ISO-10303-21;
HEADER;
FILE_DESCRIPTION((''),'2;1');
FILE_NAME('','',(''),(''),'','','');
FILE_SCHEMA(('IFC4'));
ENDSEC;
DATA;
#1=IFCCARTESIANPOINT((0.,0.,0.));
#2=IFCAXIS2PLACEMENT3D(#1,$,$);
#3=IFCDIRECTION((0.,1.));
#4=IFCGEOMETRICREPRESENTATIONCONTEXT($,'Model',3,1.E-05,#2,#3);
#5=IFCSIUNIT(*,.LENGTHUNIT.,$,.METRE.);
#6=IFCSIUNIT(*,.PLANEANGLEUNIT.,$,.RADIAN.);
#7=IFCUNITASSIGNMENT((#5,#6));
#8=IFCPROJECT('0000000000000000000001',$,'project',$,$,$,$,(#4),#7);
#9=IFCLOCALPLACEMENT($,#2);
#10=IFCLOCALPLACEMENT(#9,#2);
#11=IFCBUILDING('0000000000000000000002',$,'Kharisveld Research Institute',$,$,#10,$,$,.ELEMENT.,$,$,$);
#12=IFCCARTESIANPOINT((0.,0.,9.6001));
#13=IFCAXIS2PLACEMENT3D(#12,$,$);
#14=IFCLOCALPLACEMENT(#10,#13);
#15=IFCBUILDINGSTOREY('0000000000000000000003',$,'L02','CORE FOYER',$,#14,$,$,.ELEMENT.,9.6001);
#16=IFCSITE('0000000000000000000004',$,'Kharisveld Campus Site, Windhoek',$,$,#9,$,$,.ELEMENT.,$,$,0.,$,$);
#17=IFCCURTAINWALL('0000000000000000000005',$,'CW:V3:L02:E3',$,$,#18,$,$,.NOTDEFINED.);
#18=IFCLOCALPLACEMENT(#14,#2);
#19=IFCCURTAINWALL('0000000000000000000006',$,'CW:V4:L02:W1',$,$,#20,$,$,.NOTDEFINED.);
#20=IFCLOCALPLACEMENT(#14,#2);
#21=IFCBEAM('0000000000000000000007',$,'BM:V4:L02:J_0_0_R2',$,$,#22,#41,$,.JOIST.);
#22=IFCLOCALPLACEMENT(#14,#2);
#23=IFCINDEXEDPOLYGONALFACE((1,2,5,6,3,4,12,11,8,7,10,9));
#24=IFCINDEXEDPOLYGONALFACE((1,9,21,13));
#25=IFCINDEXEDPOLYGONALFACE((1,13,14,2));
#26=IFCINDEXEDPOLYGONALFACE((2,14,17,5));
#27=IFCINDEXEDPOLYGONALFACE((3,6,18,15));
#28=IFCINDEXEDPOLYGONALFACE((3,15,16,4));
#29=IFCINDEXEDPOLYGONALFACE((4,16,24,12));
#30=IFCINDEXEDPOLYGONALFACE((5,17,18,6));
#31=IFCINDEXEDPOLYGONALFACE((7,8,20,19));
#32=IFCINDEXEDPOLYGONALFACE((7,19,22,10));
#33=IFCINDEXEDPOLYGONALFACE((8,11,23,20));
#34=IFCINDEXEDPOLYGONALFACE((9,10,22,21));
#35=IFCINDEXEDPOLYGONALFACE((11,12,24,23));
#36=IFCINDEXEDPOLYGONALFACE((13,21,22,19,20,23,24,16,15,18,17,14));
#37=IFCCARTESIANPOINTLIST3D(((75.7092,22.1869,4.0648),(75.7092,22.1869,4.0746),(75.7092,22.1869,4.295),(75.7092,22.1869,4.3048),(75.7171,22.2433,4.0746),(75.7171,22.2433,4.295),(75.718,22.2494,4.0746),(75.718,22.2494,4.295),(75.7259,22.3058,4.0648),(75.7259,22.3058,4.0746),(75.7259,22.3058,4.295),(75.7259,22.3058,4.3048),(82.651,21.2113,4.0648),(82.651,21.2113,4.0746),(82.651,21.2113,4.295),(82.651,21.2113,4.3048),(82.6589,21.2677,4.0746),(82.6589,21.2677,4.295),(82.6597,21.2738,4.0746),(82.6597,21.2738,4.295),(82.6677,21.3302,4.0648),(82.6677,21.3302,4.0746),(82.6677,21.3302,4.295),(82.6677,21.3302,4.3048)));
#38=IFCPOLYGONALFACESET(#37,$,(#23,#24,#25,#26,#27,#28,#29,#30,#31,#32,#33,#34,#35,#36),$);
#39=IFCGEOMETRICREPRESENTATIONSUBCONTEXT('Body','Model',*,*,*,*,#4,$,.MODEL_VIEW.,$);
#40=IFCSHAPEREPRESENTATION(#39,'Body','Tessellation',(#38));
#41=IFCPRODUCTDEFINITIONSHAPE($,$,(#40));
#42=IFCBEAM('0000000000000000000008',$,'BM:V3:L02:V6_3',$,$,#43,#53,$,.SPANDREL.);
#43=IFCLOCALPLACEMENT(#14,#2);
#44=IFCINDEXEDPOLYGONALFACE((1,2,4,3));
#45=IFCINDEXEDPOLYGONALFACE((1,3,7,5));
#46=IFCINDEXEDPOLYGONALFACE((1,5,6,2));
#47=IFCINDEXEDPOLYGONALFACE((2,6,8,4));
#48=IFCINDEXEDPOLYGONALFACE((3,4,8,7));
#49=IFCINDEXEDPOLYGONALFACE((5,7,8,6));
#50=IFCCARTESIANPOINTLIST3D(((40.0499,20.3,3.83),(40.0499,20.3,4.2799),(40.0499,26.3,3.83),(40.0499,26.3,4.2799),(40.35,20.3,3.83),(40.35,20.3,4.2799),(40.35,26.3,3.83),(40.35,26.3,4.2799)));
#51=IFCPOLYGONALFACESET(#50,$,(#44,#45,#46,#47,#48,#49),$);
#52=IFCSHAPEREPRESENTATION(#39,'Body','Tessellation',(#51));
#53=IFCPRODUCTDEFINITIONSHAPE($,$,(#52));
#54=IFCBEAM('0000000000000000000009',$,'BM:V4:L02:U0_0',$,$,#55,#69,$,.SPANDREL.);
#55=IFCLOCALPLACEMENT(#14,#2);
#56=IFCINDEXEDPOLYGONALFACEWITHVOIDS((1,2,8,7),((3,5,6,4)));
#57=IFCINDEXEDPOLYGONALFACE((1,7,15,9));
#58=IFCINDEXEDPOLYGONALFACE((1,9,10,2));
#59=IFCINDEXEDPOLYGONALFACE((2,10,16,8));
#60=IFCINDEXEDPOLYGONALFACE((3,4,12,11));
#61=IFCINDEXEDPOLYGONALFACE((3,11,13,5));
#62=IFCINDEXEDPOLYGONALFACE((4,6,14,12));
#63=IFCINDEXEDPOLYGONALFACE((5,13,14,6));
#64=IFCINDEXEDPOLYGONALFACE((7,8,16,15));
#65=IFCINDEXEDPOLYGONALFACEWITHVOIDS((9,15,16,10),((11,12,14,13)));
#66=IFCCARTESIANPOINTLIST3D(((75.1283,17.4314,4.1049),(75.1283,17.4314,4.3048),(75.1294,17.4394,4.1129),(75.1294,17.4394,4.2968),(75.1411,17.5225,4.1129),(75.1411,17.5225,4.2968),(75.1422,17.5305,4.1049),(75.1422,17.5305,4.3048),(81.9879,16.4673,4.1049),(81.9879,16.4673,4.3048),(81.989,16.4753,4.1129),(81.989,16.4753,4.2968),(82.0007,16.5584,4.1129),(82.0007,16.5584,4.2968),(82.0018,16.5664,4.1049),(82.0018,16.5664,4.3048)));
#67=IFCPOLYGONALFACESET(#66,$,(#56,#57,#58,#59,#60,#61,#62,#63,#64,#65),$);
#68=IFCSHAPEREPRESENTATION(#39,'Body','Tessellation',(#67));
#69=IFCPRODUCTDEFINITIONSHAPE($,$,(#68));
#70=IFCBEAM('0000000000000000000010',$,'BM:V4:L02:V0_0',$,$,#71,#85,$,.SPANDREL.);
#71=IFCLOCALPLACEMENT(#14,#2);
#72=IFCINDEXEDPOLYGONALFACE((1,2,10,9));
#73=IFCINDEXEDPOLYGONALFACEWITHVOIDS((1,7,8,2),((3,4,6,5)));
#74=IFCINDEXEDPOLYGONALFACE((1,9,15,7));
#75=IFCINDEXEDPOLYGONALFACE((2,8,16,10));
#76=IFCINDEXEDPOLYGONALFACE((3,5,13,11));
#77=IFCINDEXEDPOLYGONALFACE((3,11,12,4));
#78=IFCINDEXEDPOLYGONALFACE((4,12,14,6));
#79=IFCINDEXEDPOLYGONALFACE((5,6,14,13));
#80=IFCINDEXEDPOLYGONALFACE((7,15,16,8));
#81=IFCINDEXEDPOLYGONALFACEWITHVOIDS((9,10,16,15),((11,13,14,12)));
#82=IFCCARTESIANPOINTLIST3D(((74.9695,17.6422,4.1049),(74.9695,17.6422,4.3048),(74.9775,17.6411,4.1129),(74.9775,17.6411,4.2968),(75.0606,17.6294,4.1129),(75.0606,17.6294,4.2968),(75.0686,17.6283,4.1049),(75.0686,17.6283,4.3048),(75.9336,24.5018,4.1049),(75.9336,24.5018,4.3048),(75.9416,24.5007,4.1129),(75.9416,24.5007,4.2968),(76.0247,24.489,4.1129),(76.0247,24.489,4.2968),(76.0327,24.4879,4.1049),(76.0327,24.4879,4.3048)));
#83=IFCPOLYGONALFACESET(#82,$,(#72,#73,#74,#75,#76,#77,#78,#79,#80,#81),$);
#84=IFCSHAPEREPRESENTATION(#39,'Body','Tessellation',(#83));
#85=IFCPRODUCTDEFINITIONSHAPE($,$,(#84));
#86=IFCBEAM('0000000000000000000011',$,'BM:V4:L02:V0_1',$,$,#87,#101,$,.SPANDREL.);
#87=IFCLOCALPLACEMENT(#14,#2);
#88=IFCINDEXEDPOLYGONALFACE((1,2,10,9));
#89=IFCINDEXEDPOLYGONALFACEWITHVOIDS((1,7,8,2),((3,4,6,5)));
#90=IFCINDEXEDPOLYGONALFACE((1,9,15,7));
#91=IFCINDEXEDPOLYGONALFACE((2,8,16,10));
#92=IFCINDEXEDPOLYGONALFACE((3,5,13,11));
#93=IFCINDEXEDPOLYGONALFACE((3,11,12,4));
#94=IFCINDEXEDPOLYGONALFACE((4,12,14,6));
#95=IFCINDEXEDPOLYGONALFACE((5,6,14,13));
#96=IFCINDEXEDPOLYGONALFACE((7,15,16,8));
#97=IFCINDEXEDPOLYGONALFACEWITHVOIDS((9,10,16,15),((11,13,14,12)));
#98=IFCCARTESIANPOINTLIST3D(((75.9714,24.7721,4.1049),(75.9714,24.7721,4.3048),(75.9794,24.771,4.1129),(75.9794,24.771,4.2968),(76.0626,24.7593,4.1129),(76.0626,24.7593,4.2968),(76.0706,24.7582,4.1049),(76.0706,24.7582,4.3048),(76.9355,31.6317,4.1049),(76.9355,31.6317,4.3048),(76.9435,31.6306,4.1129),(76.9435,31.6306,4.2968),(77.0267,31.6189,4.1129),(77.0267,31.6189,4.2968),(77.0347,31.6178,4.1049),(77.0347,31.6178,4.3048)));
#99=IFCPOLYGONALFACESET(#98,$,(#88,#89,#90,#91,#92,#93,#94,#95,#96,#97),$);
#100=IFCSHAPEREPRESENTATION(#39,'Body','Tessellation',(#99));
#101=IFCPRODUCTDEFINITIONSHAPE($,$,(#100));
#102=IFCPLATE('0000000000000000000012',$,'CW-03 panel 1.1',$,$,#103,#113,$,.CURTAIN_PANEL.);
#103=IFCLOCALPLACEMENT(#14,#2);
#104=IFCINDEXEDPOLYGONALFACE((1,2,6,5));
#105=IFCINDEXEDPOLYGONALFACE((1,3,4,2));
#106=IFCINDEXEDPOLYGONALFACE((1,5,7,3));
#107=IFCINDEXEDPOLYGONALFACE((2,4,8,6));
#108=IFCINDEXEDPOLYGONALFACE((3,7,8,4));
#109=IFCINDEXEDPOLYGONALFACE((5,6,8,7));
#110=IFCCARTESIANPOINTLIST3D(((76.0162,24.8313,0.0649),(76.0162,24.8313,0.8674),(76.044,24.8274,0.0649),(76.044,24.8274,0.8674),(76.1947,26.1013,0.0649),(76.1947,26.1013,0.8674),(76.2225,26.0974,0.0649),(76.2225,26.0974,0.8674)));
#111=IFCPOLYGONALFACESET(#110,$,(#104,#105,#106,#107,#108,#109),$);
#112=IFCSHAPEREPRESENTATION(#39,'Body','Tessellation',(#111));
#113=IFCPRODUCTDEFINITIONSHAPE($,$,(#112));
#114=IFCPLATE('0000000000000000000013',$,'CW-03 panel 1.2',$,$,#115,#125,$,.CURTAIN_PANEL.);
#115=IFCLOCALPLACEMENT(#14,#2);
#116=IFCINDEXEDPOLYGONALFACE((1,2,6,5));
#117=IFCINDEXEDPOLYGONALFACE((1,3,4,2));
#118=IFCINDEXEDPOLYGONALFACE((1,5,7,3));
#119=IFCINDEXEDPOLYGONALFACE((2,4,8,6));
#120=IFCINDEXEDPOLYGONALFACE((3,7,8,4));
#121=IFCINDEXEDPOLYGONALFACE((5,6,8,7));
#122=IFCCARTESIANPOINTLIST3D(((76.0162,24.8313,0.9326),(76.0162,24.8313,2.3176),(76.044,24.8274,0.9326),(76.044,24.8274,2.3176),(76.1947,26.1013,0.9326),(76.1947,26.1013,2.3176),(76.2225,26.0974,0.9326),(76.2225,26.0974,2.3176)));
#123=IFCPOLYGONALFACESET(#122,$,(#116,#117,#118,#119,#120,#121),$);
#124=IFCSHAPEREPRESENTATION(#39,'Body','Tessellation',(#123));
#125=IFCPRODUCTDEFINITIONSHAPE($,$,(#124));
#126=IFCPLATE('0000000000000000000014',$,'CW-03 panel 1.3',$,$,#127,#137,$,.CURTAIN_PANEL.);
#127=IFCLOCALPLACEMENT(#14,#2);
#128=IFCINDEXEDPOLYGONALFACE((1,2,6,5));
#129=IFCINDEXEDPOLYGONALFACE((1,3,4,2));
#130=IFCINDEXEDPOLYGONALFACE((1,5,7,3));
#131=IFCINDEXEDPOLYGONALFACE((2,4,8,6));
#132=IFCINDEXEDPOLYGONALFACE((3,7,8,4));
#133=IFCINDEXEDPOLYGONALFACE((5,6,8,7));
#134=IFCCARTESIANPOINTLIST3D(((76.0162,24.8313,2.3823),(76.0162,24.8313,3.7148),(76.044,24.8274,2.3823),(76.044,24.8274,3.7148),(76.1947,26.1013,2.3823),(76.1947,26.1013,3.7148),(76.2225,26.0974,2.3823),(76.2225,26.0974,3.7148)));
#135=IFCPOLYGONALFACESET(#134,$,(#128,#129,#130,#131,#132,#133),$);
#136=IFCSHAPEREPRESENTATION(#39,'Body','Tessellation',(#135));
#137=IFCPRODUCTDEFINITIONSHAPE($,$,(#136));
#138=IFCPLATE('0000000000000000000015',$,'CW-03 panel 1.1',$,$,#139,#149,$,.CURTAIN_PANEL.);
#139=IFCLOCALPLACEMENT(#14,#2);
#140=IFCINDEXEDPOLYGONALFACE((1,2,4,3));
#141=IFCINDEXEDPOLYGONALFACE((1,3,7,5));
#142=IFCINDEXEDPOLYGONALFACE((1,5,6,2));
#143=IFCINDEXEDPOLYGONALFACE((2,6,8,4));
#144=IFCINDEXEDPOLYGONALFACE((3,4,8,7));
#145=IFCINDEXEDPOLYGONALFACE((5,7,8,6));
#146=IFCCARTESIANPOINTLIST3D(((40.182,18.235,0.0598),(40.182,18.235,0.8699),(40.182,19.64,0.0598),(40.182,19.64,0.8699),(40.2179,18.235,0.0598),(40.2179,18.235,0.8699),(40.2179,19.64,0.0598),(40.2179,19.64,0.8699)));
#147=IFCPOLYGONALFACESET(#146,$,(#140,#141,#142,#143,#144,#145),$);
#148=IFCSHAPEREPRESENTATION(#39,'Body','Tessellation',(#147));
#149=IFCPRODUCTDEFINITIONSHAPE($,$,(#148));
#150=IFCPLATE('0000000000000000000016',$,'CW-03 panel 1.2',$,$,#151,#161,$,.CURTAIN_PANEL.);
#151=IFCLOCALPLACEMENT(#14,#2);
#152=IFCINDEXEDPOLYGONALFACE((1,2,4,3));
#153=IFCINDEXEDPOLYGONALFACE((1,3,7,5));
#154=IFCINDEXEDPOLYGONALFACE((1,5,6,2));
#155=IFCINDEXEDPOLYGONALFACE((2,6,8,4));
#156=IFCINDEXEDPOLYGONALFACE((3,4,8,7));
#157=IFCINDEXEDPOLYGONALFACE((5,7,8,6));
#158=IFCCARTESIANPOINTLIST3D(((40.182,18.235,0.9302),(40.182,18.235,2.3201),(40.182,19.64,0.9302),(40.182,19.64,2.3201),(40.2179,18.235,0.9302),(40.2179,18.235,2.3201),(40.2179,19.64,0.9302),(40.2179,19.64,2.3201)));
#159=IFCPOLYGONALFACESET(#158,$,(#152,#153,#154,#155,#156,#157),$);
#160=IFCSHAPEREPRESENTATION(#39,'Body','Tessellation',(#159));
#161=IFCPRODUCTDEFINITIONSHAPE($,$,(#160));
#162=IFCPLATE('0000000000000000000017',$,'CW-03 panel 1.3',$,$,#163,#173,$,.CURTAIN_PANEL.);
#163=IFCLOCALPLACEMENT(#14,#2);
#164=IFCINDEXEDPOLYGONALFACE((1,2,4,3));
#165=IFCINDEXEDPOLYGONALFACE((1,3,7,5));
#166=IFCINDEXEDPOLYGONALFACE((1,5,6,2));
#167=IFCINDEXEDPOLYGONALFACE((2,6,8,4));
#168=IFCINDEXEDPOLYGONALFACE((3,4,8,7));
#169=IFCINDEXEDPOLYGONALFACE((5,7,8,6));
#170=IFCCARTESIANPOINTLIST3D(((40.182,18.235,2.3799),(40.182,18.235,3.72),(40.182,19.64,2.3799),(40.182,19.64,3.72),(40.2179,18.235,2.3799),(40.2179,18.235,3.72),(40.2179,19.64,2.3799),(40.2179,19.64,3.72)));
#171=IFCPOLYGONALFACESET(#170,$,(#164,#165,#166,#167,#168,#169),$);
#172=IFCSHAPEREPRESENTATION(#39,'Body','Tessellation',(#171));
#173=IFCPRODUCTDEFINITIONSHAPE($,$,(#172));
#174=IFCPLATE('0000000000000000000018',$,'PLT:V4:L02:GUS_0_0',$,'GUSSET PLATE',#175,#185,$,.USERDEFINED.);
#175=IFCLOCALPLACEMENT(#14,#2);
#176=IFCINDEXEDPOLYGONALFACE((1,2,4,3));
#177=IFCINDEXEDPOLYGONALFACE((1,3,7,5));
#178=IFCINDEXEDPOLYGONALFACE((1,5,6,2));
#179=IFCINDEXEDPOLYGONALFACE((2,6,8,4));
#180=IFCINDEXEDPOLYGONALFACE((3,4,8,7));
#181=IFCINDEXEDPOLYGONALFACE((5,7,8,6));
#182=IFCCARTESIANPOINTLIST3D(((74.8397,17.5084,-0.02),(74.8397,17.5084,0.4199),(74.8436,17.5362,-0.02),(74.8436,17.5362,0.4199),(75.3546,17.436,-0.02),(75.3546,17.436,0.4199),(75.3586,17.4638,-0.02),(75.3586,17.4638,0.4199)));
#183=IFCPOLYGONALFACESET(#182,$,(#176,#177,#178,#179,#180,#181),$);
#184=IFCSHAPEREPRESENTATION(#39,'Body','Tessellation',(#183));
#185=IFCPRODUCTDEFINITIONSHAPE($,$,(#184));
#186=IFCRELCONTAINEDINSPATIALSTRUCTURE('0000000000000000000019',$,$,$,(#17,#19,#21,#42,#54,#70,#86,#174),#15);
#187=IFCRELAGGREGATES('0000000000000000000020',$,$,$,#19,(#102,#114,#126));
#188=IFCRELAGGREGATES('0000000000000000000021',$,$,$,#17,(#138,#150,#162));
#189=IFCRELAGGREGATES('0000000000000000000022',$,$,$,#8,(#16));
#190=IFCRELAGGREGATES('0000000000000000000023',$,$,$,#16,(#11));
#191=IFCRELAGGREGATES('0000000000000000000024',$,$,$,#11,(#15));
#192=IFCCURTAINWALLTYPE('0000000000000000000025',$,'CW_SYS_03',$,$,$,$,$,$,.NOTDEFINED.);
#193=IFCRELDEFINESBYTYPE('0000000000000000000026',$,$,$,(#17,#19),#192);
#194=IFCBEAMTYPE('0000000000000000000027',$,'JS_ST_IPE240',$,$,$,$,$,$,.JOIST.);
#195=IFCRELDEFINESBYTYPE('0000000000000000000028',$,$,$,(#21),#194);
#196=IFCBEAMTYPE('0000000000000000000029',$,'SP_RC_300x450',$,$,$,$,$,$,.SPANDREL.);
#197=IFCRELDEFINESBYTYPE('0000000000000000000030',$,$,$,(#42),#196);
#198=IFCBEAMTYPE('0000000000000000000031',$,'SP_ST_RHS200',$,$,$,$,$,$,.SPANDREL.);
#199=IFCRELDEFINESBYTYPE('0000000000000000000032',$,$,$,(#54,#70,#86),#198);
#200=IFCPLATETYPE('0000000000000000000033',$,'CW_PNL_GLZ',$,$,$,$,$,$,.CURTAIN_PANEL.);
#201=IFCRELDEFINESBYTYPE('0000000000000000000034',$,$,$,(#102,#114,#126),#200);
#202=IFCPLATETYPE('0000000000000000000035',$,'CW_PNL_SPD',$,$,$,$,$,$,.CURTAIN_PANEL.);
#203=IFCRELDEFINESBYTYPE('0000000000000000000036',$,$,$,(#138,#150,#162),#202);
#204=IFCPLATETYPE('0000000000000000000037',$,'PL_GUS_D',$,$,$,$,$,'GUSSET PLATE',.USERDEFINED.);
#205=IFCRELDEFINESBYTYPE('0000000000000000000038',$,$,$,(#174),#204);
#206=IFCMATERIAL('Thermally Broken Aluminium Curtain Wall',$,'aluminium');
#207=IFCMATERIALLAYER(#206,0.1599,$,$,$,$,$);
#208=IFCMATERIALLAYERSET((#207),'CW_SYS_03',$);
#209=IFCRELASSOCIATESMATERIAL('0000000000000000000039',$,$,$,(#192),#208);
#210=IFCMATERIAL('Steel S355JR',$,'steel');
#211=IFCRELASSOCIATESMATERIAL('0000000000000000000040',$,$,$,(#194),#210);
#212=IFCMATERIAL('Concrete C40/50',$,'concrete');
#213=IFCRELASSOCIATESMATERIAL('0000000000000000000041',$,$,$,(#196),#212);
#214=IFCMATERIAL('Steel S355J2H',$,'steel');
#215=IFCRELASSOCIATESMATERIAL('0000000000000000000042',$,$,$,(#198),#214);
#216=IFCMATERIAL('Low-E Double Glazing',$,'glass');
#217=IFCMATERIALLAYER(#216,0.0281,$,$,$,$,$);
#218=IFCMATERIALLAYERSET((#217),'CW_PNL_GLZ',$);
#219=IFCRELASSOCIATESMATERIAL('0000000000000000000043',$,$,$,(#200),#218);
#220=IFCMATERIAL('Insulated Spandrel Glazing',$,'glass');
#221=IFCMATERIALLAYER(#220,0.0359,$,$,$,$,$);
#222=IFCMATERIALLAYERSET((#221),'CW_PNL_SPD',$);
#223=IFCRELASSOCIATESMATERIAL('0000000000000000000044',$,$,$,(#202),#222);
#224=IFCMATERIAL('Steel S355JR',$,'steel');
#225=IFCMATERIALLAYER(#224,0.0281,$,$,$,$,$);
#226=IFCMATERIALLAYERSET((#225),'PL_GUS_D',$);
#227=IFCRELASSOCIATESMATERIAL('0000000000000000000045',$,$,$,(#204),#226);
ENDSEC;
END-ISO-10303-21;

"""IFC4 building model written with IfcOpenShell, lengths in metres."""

from ifc_helpers import new_model, si_unit, direction, frame, origin, origin_2d, place, context, subcontext, project, spatial, rectangle, hollow_rectangle, i_section, extrude, material, layer, layer_set, material_profile, profile_set, type_object, element, aggregate, save


model = new_model("IFC4")

# Units and contexts
model_context = context("Model", 3, precision=1e-05, world=origin(), true_north=direction((0.0, 1.0)))
body_context = subcontext(model_context, "Body", "Model", "MODEL_VIEW")
ifc_project = project(units=[si_unit("LENGTHUNIT", "METRE"), si_unit("PLANEANGLEUNIT", "RADIAN")], contexts=[model_context])

# Site, building, storey
site_placement = place(None, origin())
site = spatial("IfcSite", under=ifc_project, at=site_placement, Name="Kharisveld Campus Site, Windhoek", CompositionType="ELEMENT", RefElevation=0.0)
building_placement = place(site_placement, origin())
building = spatial("IfcBuilding", under=site, at=building_placement, Name="Kharisveld Research Institute", CompositionType="ELEMENT")
storey_placement = place(building_placement, frame((0.0, 0.0, 9.6001)))
storey = spatial("IfcBuildingStorey", under=building, at=storey_placement, Name="L02", Description="CORE FOYER", CompositionType="ELEMENT", Elevation=9.6001)

# Curtain walls
ifc_material_1 = material(Name="Thermally Broken Aluminium Curtain Wall", Category="aluminium")
ifc_layer_1 = layer(ifc_material_1, 0.1599)
ifc_layer_set_1 = layer_set([ifc_layer_1], Name="CW_SYS_03")
curtain_wall_type = type_object("IfcCurtainWallType", Name="CW_SYS_03", PredefinedType="NOTDEFINED", material=ifc_layer_set_1)
curtain_wall_1_placement = place(storey_placement, origin())
curtain_wall_1 = element("IfcCurtainWall", 1, at=curtain_wall_1_placement, inside=storey, type_object=curtain_wall_type, Name="CW:V3:L02:E3", PredefinedType="NOTDEFINED")
curtain_wall_2_placement = place(storey_placement, origin())
curtain_wall_2 = element("IfcCurtainWall", 2, at=curtain_wall_2_placement, inside=storey, type_object=curtain_wall_type, Name="CW:V4:L02:W1", PredefinedType="NOTDEFINED")

# Beams
ifc_material_2 = material(Name="Steel S355JR", Category="steel")
ifc_material_profile_1 = material_profile(ifc_material_2, i_section(OverallWidth=0.1201, OverallDepth=0.24, WebThickness=0.0061, FlangeThickness=0.0098, at=origin_2d()))
ifc_profile_set_1 = profile_set([ifc_material_profile_1], Name="Steel S355JR")
beam_type_1 = type_object("IfcBeamType", Name="JS_ST_IPE240", PredefinedType="JOIST", material=ifc_profile_set_1)
beam_1_placement = place(storey_placement, frame((75.7175, 22.2463, 4.1848), z_axis=(0.990269, -0.139168, 0.0), x_axis=(0.139168, 0.990269, 0.0)))
element("IfcBeam", 3, at=beam_1_placement, inside=storey, type_object=beam_type_1, Name="BM:V4:L02:J_0_0_R2", PredefinedType="JOIST", context=body_context, shape_type="SweptSolid", body=[
    extrude(i_section(OverallWidth=0.1201, OverallDepth=0.24, WebThickness=0.0061, FlangeThickness=0.0098, at=origin_2d()), origin(), (0.0, 0.0, 1.0), 7.01),
])
ifc_material_3 = material(Name="Concrete C40/50", Category="concrete")
ifc_material_profile_2 = material_profile(ifc_material_3, rectangle(XDim=0.3, YDim=0.45, at=origin_2d()))
ifc_profile_set_2 = profile_set([ifc_material_profile_2], Name="Concrete C40/50")
beam_type_2 = type_object("IfcBeamType", Name="SP_RC_300x450", PredefinedType="SPANDREL", material=ifc_profile_set_2)
beam_2_placement = place(storey_placement, frame((40.2, 20.3, 4.0549), z_axis=(0.0, 1.0, 0.0), x_axis=(-1.0, 0.0, 0.0)))
element("IfcBeam", 4, at=beam_2_placement, inside=storey, type_object=beam_type_2, Name="BM:V3:L02:V6_3", PredefinedType="SPANDREL", context=body_context, shape_type="SweptSolid", body=[
    extrude(rectangle(XDim=0.3, YDim=0.45, at=origin_2d()), origin(), (0.0, 0.0, 1.0), 6.0),
])
ifc_material_4 = material(Name="Steel S355J2H", Category="steel")
ifc_material_profile_3 = material_profile(ifc_material_4, hollow_rectangle(XDim=0.1001, YDim=0.2, WallThickness=0.0081, at=origin_2d()))
ifc_profile_set_3 = profile_set([ifc_material_profile_3], Name="Steel S355J2H")
beam_type_3 = type_object("IfcBeamType", Name="SP_ST_RHS200", PredefinedType="SPANDREL", material=ifc_profile_set_3)
for number, where, z_axis, x_axis, name in (
    (5, (75.1353, 17.481, 4.2048), (0.990267, -0.139181, 0.0), (0.139181, 0.990267, 0.0), "BM:V4:L02:U0_0"),
    (6, (75.019, 17.6353, 4.2048), (0.139181, 0.990267, 0.0), (-0.990267, 0.139181, 0.0), "BM:V4:L02:V0_0"),
    (7, (76.021, 24.7651, 4.2048), (0.139181, 0.990267, 0.0), (-0.990267, 0.139181, 0.0), "BM:V4:L02:V0_1"),
):
    element("IfcBeam", number, at=place(storey_placement, frame(where, z_axis=z_axis, x_axis=x_axis)), inside=storey, type_object=beam_type_3, Name=name, PredefinedType="SPANDREL", context=body_context, shape_type="SweptSolid", body=[
        extrude(hollow_rectangle(XDim=0.1001, YDim=0.2, WallThickness=0.0081, at=origin_2d()), origin(), (0.0, 0.0, 1.0), 6.927),
    ])

# Plates
ifc_material_5 = material(Name="Low-E Double Glazing", Category="glass")
ifc_layer_2 = layer(ifc_material_5, 0.0281)
ifc_layer_set_2 = layer_set([ifc_layer_2], Name="CW_PNL_GLZ")
plate_type_1 = type_object("IfcPlateType", Name="CW_PNL_GLZ", PredefinedType="CURTAIN_PANEL", material=ifc_layer_set_2)
plate_1_placement = place(storey_placement, frame((76.1194, 25.4644, 0.0649), z_axis=(0.0, 0.0, 1.0), x_axis=(0.139173, 0.990268, 0.0)))
plate_1 = element("IfcPlate", 8, at=plate_1_placement, type_object=plate_type_1, Name="CW-03 panel 1.1", PredefinedType="CURTAIN_PANEL", context=body_context, shape_type="SweptSolid", body=[
    extrude(rectangle(XDim=1.2825, YDim=0.0281, at=origin_2d()), origin(), (0.0, 0.0, 1.0), 0.8025),
])
plate_2_placement = place(storey_placement, frame((76.1194, 25.4644, 0.9326), z_axis=(0.0, 0.0, 1.0), x_axis=(0.139173, 0.990268, 0.0)))
plate_2 = element("IfcPlate", 9, at=plate_2_placement, type_object=plate_type_1, Name="CW-03 panel 1.2", PredefinedType="CURTAIN_PANEL", context=body_context, shape_type="SweptSolid", body=[
    extrude(rectangle(XDim=1.2825, YDim=0.0281, at=origin_2d()), origin(), (0.0, 0.0, 1.0), 1.385),
])
plate_3_placement = place(storey_placement, frame((76.1194, 25.4644, 2.3823), z_axis=(0.0, 0.0, 1.0), x_axis=(0.139173, 0.990268, 0.0)))
plate_3 = element("IfcPlate", 10, at=plate_3_placement, type_object=plate_type_1, Name="CW-03 panel 1.3", PredefinedType="CURTAIN_PANEL", context=body_context, shape_type="SweptSolid", body=[
    extrude(rectangle(XDim=1.2825, YDim=0.0281, at=origin_2d()), origin(), (0.0, 0.0, 1.0), 1.3325),
])
aggregate(curtain_wall_2, [plate_1, plate_2, plate_3])
ifc_material_6 = material(Name="Insulated Spandrel Glazing", Category="glass")
ifc_layer_3 = layer(ifc_material_6, 0.0359)
ifc_layer_set_3 = layer_set([ifc_layer_3], Name="CW_PNL_SPD")
plate_type_2 = type_object("IfcPlateType", Name="CW_PNL_SPD", PredefinedType="CURTAIN_PANEL", material=ifc_layer_set_3)
plate_4_placement = place(storey_placement, frame((40.2, 18.9375, 0.0598), z_axis=(0.0, 0.0, 1.0), x_axis=(0.0, -1.0, 0.0)))
plate_4 = element("IfcPlate", 11, at=plate_4_placement, type_object=plate_type_2, Name="CW-03 panel 1.1", PredefinedType="CURTAIN_PANEL", context=body_context, shape_type="SweptSolid", body=[
    extrude(rectangle(XDim=1.405, YDim=0.0359, at=origin_2d()), origin(), (0.0, 0.0, 1.0), 0.8101),
])
plate_5_placement = place(storey_placement, frame((40.2, 18.9375, 0.9302), z_axis=(0.0, 0.0, 1.0), x_axis=(0.0, -1.0, 0.0)))
plate_5 = element("IfcPlate", 12, at=plate_5_placement, type_object=plate_type_2, Name="CW-03 panel 1.2", PredefinedType="CURTAIN_PANEL", context=body_context, shape_type="SweptSolid", body=[
    extrude(rectangle(XDim=1.405, YDim=0.0359, at=origin_2d()), origin(), (0.0, 0.0, 1.0), 1.3899),
])
plate_6_placement = place(storey_placement, frame((40.2, 18.9375, 2.3799), z_axis=(0.0, 0.0, 1.0), x_axis=(0.0, -1.0, 0.0)))
plate_6 = element("IfcPlate", 13, at=plate_6_placement, type_object=plate_type_2, Name="CW-03 panel 1.3", PredefinedType="CURTAIN_PANEL", context=body_context, shape_type="SweptSolid", body=[
    extrude(rectangle(XDim=1.405, YDim=0.0359, at=origin_2d()), origin(), (0.0, 0.0, 1.0), 1.3401),
])
aggregate(curtain_wall_1, [plate_4, plate_5, plate_6])
ifc_material_7 = material(Name="Steel S355JR", Category="steel")
ifc_layer_4 = layer(ifc_material_7, 0.0281)
ifc_layer_set_4 = layer_set([ifc_layer_4], Name="PL_GUS_D")
plate_type_3 = type_object("IfcPlateType", Name="PL_GUS_D", ElementType="GUSSET PLATE", PredefinedType="USERDEFINED", material=ifc_layer_set_4)
plate_7_placement = place(storey_placement, frame((75.0991, 17.4861, -0.02), z_axis=(0.0, 0.0, 1.0), x_axis=(0.990268, -0.139173, 0.0)))
element("IfcPlate", 14, at=plate_7_placement, inside=storey, type_object=plate_type_3, Name="PLT:V4:L02:GUS_0_0", ObjectType="GUSSET PLATE", PredefinedType="USERDEFINED", context=body_context, shape_type="SweptSolid", body=[
    extrude(rectangle(XDim=0.52, YDim=0.0281, at=origin_2d()), origin(), (0.0, 0.0, 1.0), 0.4399),
])

save(model, "model.ifc")
